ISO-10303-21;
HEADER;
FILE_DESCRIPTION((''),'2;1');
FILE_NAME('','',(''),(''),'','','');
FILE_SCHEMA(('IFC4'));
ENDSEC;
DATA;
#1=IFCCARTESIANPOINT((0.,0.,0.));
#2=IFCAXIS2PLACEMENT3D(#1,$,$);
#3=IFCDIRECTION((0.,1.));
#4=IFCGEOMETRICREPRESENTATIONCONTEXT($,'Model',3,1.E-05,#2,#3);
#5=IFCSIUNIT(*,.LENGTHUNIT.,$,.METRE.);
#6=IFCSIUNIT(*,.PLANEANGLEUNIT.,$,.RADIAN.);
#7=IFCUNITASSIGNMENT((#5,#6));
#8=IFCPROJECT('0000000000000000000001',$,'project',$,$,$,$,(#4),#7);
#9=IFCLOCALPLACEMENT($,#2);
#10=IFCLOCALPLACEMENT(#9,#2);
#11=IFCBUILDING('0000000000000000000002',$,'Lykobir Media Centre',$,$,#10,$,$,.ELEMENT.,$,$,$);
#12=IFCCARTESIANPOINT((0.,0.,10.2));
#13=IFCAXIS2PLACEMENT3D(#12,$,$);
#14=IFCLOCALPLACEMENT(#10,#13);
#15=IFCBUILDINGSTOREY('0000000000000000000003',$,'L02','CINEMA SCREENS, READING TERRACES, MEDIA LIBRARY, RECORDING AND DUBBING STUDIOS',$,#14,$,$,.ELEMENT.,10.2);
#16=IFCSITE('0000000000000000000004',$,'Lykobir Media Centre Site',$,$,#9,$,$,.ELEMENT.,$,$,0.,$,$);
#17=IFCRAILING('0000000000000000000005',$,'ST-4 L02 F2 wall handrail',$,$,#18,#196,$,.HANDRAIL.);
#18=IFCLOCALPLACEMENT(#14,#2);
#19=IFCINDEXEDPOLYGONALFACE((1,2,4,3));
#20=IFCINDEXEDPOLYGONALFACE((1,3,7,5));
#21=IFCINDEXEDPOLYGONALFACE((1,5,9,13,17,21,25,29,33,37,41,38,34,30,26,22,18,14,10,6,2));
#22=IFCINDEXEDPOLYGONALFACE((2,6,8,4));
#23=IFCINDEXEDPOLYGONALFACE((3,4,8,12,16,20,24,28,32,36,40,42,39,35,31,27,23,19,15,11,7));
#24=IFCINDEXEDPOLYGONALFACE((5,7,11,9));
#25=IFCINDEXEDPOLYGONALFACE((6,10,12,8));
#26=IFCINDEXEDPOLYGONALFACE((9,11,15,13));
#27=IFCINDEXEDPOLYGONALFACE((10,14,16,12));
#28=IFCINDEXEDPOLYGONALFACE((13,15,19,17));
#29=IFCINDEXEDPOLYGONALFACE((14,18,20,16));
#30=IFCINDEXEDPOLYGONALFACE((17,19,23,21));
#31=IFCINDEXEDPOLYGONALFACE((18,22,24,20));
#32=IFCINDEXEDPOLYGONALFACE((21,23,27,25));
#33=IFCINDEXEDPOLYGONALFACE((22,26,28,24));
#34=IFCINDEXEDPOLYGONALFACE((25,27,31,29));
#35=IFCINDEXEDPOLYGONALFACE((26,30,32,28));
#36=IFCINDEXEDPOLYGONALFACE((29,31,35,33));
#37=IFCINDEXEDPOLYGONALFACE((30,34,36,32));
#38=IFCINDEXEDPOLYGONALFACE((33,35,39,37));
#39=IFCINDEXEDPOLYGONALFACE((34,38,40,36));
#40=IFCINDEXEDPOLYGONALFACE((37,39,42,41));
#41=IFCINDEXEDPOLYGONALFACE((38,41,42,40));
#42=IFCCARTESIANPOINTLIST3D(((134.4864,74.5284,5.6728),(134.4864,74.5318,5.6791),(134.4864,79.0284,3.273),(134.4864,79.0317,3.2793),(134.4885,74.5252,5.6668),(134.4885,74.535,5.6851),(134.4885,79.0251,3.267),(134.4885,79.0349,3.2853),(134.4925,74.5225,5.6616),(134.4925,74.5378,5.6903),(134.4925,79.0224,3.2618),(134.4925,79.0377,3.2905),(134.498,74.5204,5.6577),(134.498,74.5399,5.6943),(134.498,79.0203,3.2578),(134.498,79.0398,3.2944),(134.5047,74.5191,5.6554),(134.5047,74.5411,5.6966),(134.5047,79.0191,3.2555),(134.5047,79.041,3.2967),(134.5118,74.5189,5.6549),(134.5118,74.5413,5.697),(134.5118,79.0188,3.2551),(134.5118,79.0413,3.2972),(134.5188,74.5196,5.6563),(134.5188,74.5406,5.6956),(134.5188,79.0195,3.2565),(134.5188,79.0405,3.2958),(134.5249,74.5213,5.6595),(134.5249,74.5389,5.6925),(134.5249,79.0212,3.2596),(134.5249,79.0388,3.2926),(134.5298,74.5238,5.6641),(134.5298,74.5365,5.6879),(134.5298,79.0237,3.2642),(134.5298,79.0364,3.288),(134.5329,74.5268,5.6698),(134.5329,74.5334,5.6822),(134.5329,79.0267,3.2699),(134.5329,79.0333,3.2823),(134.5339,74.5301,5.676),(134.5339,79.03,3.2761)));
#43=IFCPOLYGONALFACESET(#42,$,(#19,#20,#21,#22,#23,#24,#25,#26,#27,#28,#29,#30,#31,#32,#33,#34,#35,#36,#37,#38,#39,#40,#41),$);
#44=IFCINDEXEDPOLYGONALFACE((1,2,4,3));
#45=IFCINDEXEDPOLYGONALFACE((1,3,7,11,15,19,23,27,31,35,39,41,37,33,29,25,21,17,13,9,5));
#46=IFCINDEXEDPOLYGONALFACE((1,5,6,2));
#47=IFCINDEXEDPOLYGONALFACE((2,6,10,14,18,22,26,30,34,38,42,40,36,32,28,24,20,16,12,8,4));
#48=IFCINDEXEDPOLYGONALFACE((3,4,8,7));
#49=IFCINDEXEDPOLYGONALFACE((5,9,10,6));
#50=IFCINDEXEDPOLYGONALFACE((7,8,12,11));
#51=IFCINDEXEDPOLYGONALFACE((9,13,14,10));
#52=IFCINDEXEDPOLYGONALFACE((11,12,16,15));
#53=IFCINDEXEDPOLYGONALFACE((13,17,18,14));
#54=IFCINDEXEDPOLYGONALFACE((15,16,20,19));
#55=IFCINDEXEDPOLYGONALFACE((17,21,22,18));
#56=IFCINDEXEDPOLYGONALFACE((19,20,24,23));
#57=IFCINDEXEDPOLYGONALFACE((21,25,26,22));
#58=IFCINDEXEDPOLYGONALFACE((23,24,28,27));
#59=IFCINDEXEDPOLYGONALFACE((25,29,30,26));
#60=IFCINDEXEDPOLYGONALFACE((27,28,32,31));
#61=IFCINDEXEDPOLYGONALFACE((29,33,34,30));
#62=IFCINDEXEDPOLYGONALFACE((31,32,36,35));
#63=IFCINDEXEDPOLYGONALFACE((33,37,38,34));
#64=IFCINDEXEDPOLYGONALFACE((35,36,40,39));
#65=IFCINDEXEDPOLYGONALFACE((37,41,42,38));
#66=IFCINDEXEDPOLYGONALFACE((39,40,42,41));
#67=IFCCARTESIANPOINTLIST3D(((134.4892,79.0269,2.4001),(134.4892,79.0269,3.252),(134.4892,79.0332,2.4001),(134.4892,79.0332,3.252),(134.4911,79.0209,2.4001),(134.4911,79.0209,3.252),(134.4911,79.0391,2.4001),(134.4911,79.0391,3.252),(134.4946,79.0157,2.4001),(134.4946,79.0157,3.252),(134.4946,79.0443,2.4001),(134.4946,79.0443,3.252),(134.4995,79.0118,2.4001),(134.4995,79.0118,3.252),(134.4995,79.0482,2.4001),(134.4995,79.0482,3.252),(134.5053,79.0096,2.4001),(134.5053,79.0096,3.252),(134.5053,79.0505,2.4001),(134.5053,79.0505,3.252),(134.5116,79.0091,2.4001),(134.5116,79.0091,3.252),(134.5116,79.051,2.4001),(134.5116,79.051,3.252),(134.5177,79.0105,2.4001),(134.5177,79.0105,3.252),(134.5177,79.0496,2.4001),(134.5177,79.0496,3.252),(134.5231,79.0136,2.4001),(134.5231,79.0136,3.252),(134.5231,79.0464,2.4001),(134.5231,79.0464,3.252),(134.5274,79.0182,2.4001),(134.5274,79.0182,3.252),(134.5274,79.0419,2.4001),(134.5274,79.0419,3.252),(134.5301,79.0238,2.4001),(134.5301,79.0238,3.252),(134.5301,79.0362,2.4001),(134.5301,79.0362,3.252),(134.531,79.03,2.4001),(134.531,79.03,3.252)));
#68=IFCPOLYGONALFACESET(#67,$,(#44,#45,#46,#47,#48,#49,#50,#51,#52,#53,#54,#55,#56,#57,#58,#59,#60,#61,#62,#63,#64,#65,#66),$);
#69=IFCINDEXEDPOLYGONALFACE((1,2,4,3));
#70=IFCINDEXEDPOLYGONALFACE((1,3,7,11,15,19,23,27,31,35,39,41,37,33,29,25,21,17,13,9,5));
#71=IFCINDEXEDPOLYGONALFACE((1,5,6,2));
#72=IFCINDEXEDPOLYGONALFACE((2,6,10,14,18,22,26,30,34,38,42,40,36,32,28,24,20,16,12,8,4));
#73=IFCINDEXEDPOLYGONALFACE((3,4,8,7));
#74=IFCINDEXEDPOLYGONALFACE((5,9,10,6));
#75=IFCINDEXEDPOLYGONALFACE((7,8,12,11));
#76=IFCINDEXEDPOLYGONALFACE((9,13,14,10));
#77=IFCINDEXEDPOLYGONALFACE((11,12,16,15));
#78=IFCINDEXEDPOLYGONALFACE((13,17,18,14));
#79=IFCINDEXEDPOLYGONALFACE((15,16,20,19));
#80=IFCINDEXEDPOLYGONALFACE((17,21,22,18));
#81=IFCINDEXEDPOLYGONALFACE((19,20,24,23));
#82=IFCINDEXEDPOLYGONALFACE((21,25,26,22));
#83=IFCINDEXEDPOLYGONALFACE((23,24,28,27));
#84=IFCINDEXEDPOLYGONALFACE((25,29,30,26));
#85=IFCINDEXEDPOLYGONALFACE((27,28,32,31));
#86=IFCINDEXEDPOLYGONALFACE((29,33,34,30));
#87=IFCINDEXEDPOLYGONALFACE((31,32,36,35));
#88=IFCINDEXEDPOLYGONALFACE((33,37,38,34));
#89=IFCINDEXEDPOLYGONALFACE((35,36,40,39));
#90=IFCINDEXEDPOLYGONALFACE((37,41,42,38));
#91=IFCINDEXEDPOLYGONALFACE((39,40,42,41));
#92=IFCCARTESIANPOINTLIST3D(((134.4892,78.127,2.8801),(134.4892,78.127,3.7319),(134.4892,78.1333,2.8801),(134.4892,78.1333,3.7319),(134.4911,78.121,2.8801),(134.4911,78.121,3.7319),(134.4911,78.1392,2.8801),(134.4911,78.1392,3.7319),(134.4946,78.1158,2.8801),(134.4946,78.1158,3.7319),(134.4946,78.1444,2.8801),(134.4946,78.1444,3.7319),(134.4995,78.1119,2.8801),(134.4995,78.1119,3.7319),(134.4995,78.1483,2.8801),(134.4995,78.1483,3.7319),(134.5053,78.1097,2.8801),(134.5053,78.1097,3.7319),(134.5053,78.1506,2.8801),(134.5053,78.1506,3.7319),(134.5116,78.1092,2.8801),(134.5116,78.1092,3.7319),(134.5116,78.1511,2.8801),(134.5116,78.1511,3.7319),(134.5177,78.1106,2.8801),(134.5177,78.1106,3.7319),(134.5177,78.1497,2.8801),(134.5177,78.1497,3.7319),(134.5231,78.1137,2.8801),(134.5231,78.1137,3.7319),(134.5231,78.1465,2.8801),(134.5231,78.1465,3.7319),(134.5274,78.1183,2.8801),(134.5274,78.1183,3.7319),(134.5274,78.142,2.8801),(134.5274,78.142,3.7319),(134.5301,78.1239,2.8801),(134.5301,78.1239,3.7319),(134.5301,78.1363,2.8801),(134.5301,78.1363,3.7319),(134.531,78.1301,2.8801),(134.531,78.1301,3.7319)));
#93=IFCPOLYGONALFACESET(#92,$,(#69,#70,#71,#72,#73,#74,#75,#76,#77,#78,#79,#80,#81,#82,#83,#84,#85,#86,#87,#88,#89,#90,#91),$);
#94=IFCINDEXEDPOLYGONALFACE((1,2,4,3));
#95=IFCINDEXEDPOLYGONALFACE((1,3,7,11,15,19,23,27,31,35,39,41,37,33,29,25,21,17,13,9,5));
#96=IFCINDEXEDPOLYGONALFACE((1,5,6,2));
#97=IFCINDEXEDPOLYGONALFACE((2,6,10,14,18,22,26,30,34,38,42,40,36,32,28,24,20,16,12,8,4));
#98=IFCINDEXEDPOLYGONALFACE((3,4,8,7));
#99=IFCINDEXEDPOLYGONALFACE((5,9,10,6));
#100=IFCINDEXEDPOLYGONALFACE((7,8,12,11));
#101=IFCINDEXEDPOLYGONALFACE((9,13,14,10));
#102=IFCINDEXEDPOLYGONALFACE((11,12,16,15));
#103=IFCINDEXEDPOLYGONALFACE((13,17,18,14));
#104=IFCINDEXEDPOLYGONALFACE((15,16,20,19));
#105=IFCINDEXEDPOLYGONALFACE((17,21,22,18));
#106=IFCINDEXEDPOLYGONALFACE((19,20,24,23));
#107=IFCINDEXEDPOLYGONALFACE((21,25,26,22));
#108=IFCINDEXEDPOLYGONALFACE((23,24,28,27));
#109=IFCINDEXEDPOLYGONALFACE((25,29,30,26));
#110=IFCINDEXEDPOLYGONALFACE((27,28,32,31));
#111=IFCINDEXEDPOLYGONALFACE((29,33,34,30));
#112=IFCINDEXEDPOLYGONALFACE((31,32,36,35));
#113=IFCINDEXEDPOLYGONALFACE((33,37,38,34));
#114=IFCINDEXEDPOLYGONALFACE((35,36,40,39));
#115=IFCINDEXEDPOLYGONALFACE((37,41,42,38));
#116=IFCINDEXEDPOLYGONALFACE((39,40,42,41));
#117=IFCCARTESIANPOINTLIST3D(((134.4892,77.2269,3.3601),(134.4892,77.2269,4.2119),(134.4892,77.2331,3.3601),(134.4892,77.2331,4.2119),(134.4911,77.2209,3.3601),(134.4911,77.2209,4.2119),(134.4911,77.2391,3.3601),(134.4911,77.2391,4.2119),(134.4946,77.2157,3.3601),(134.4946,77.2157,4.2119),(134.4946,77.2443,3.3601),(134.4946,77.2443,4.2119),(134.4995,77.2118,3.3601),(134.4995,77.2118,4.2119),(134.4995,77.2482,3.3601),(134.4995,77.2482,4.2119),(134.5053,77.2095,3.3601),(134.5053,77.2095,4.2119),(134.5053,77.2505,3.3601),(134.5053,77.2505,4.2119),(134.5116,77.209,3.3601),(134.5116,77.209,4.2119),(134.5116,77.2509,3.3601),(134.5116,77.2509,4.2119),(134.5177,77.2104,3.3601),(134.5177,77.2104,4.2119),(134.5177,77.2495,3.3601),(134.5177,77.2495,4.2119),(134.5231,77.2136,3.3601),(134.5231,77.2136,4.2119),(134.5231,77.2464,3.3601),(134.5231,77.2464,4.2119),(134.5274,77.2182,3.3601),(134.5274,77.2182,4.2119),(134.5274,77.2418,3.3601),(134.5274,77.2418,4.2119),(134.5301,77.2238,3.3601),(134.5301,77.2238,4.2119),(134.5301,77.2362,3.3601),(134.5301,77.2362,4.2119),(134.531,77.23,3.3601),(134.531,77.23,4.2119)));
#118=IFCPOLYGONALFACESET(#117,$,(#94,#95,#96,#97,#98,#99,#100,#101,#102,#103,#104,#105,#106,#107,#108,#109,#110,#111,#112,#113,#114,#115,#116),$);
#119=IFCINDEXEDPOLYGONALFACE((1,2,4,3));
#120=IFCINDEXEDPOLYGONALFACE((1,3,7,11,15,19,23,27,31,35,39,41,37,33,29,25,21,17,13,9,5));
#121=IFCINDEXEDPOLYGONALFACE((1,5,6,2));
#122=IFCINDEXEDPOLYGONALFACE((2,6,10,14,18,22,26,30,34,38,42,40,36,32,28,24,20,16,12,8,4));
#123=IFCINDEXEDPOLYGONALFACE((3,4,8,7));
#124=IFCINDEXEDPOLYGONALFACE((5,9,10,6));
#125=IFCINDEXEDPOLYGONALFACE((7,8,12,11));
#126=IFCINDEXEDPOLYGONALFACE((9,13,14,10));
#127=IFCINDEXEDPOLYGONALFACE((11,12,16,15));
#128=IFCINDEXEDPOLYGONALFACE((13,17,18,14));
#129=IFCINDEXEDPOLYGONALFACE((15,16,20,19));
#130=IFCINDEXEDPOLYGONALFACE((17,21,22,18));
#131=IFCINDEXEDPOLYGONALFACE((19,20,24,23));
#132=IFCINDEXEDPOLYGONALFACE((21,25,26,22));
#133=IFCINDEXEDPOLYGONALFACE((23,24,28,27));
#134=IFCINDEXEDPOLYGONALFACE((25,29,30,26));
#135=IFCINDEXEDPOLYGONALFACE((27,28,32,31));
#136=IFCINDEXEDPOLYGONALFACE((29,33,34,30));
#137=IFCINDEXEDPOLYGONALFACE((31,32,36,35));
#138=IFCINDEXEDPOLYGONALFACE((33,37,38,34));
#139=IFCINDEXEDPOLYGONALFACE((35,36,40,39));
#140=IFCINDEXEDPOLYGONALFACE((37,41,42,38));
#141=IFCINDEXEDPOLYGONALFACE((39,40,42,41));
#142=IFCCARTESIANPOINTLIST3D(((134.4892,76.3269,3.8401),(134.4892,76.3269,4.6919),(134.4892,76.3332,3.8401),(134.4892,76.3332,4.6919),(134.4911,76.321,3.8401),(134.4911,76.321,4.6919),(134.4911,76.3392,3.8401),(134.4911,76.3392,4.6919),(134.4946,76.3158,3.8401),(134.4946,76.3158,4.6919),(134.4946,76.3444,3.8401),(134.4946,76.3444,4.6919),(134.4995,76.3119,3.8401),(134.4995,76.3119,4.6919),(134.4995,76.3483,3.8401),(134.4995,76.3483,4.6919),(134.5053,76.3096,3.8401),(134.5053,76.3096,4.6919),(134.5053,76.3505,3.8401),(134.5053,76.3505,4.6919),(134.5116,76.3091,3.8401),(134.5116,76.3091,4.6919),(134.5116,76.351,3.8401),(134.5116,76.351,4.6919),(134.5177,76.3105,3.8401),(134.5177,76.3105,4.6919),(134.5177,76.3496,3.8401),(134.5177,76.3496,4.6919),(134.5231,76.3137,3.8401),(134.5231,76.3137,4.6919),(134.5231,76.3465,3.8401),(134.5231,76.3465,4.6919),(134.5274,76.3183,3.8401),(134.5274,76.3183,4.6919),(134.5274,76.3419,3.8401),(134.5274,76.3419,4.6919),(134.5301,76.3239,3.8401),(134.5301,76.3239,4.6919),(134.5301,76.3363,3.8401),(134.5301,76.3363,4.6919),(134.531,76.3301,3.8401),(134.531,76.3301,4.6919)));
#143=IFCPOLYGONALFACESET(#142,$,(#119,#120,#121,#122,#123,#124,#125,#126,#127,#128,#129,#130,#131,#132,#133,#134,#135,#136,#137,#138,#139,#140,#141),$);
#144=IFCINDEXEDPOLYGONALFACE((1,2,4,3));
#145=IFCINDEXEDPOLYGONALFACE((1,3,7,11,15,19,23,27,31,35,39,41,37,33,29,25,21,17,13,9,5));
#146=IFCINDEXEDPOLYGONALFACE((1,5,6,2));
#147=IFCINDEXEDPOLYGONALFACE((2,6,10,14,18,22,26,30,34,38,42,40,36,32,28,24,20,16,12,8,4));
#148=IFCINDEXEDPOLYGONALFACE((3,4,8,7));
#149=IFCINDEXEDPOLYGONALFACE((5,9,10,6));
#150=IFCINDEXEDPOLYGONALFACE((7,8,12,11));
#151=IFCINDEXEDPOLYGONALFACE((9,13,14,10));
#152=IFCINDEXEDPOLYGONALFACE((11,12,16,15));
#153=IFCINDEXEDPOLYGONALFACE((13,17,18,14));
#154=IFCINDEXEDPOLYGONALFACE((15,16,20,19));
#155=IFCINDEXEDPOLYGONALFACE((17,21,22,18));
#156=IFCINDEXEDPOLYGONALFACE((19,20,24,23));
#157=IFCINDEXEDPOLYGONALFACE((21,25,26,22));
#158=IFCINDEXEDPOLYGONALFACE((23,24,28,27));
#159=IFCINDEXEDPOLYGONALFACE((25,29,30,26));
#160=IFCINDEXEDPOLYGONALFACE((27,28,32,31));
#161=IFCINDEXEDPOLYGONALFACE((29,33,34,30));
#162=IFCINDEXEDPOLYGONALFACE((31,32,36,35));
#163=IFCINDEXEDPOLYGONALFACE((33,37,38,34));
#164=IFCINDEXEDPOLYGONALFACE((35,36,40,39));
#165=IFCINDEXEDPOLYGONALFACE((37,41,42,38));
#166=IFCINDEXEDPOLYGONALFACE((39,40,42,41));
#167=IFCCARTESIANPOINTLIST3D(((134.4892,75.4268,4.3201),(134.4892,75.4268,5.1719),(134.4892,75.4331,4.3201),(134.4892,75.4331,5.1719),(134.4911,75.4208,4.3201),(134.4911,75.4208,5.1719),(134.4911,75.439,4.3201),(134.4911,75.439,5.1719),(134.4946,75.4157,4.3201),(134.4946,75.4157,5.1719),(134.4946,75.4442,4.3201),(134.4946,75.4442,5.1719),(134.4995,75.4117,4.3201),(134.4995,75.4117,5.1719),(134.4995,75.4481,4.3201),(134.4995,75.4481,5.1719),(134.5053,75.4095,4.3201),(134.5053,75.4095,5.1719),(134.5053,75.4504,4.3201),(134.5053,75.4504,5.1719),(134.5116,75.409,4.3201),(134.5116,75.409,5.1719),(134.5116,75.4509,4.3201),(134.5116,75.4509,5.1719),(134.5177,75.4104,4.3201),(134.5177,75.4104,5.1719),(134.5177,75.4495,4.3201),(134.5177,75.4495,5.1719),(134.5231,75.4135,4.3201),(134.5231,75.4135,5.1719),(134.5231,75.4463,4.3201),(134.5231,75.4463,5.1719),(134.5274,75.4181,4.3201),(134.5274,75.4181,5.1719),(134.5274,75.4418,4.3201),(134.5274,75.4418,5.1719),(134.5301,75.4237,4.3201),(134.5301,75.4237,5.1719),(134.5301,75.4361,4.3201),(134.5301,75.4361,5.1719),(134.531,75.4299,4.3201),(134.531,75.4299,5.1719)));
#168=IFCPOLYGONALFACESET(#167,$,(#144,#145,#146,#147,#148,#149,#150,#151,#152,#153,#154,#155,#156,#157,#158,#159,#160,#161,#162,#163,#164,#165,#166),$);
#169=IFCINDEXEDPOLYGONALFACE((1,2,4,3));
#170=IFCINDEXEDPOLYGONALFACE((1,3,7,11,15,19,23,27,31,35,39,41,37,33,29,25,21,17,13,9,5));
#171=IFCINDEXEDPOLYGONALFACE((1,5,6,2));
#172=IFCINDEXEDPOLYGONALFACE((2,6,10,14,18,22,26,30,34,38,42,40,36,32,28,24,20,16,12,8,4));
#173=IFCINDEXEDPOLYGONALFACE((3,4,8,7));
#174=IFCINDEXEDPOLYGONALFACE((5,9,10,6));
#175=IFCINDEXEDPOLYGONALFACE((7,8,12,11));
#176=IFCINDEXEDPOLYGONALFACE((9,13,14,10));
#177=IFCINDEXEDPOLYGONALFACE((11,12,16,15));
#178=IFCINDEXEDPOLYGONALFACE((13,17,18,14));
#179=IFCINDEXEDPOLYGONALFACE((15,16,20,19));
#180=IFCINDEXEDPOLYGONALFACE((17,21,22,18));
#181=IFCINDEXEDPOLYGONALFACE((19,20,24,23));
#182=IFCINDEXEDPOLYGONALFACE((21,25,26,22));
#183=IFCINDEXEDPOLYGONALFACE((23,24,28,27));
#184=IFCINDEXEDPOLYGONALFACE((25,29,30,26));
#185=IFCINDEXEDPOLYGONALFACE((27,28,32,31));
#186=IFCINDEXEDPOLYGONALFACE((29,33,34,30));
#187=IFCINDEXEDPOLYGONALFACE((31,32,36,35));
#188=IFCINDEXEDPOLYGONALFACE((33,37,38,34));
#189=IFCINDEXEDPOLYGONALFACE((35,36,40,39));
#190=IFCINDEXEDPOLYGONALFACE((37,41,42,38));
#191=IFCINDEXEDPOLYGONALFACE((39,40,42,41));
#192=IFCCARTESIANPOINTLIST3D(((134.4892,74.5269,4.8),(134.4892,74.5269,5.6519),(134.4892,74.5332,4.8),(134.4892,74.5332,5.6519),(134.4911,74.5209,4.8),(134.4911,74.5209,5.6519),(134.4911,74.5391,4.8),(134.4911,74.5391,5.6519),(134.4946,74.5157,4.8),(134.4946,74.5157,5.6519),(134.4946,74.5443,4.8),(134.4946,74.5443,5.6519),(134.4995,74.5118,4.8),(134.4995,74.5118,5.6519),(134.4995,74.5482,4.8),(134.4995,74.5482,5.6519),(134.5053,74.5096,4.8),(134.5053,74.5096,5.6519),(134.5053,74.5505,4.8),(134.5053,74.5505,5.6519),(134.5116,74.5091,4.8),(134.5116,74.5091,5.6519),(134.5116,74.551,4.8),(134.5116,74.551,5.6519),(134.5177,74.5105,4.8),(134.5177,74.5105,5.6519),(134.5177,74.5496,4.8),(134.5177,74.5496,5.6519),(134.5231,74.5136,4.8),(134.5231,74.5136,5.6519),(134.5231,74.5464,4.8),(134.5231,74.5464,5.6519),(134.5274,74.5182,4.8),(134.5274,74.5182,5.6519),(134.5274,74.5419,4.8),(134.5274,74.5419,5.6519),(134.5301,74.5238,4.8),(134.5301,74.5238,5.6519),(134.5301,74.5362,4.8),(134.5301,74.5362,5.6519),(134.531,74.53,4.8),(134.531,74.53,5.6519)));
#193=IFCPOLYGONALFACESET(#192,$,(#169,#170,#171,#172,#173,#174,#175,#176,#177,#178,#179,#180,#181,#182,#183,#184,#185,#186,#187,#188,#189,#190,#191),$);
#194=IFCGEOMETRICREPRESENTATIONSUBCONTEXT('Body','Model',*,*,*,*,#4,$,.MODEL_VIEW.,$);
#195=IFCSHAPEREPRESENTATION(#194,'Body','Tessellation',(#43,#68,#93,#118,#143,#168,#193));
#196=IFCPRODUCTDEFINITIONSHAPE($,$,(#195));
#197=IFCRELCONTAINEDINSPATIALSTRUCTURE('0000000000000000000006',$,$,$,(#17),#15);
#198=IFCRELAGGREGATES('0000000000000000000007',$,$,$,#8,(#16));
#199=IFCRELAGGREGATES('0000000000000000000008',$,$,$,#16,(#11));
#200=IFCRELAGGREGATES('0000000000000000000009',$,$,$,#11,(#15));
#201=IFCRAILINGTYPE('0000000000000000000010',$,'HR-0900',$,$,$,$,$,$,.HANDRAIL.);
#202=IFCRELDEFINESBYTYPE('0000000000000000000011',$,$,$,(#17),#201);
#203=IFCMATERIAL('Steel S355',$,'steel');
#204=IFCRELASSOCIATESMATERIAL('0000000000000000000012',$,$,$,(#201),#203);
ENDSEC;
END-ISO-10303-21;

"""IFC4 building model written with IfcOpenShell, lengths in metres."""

from ifc_helpers import new_model, si_unit, direction, frame, origin, origin_2d, place, context, subcontext, project, spatial, circle, extrude, material, type_object, element, save


model = new_model("IFC4")

# Units and contexts
model_context = context("Model", 3, precision=1e-05, world=origin(), true_north=direction((0.0, 1.0)))
body_context = subcontext(model_context, "Body", "Model", "MODEL_VIEW")
ifc_project = project(units=[si_unit("LENGTHUNIT", "METRE"), si_unit("PLANEANGLEUNIT", "RADIAN")], contexts=[model_context])

# Site, building, storey
site_placement = place(None, origin())
site = spatial("IfcSite", under=ifc_project, at=site_placement, Name="Lykobir Media Centre Site", CompositionType="ELEMENT", RefElevation=0.0)
building_placement = place(site_placement, origin())
building = spatial("IfcBuilding", under=site, at=building_placement, Name="Lykobir Media Centre", CompositionType="ELEMENT")
storey_placement = place(building_placement, frame((0.0, 0.0, 10.2)))
storey = spatial("IfcBuildingStorey", under=building, at=storey_placement, Name="L02", Description="CINEMA SCREENS, READING TERRACES, MEDIA LIBRARY, RECORDING AND DUBBING STUDIOS", CompositionType="ELEMENT", Elevation=10.2)

# Shared definitions
ifc_material_1 = material(Name="Steel S355", Category="steel")

# Railing
railing_type_1 = type_object("IfcRailingType", Name="HR-0900", PredefinedType="HANDRAIL", material=ifc_material_1)
railing_1_placement = place(storey_placement, frame((134.51, 79.03, 2.4001)))
element("IfcRailing", 1, at=railing_1_placement, inside=storey, type_object=railing_type_1, Name="ST-4 L02 F2 wall handrail", PredefinedType="HANDRAIL", context=body_context, shape_type="SweptSolid", body=[
    extrude(circle(Radius=0.0239, at=origin_2d()), frame((0.0, 0.0, 0.876), z_axis=(0.0, -0.882361, 0.470573), x_axis=(1.0, 0.0, 0.0)), (0.0, 0.0, 1.0), 5.0999),
    extrude(circle(Radius=0.021, at=origin_2d()), origin(), (0.0, 0.0, 1.0), 0.8518),
    extrude(circle(Radius=0.021, at=origin_2d()), frame((0.0, -0.8999, 0.48)), (0.0, 0.0, 1.0), 0.8518),
    extrude(circle(Radius=0.021, at=origin_2d()), frame((0.0, -1.8, 0.96)), (0.0, 0.0, 1.0), 0.8518),
    extrude(circle(Radius=0.021, at=origin_2d()), frame((0.0, -2.7, 1.4399)), (0.0, 0.0, 1.0), 0.8518),
    extrude(circle(Radius=0.021, at=origin_2d()), frame((0.0, -3.6001, 1.9199)), (0.0, 0.0, 1.0), 0.8518),
    extrude(circle(Radius=0.021, at=origin_2d()), frame((0.0, -4.5, 2.3999)), (0.0, 0.0, 1.0), 0.8518),
])

save(model, "model.ifc")
